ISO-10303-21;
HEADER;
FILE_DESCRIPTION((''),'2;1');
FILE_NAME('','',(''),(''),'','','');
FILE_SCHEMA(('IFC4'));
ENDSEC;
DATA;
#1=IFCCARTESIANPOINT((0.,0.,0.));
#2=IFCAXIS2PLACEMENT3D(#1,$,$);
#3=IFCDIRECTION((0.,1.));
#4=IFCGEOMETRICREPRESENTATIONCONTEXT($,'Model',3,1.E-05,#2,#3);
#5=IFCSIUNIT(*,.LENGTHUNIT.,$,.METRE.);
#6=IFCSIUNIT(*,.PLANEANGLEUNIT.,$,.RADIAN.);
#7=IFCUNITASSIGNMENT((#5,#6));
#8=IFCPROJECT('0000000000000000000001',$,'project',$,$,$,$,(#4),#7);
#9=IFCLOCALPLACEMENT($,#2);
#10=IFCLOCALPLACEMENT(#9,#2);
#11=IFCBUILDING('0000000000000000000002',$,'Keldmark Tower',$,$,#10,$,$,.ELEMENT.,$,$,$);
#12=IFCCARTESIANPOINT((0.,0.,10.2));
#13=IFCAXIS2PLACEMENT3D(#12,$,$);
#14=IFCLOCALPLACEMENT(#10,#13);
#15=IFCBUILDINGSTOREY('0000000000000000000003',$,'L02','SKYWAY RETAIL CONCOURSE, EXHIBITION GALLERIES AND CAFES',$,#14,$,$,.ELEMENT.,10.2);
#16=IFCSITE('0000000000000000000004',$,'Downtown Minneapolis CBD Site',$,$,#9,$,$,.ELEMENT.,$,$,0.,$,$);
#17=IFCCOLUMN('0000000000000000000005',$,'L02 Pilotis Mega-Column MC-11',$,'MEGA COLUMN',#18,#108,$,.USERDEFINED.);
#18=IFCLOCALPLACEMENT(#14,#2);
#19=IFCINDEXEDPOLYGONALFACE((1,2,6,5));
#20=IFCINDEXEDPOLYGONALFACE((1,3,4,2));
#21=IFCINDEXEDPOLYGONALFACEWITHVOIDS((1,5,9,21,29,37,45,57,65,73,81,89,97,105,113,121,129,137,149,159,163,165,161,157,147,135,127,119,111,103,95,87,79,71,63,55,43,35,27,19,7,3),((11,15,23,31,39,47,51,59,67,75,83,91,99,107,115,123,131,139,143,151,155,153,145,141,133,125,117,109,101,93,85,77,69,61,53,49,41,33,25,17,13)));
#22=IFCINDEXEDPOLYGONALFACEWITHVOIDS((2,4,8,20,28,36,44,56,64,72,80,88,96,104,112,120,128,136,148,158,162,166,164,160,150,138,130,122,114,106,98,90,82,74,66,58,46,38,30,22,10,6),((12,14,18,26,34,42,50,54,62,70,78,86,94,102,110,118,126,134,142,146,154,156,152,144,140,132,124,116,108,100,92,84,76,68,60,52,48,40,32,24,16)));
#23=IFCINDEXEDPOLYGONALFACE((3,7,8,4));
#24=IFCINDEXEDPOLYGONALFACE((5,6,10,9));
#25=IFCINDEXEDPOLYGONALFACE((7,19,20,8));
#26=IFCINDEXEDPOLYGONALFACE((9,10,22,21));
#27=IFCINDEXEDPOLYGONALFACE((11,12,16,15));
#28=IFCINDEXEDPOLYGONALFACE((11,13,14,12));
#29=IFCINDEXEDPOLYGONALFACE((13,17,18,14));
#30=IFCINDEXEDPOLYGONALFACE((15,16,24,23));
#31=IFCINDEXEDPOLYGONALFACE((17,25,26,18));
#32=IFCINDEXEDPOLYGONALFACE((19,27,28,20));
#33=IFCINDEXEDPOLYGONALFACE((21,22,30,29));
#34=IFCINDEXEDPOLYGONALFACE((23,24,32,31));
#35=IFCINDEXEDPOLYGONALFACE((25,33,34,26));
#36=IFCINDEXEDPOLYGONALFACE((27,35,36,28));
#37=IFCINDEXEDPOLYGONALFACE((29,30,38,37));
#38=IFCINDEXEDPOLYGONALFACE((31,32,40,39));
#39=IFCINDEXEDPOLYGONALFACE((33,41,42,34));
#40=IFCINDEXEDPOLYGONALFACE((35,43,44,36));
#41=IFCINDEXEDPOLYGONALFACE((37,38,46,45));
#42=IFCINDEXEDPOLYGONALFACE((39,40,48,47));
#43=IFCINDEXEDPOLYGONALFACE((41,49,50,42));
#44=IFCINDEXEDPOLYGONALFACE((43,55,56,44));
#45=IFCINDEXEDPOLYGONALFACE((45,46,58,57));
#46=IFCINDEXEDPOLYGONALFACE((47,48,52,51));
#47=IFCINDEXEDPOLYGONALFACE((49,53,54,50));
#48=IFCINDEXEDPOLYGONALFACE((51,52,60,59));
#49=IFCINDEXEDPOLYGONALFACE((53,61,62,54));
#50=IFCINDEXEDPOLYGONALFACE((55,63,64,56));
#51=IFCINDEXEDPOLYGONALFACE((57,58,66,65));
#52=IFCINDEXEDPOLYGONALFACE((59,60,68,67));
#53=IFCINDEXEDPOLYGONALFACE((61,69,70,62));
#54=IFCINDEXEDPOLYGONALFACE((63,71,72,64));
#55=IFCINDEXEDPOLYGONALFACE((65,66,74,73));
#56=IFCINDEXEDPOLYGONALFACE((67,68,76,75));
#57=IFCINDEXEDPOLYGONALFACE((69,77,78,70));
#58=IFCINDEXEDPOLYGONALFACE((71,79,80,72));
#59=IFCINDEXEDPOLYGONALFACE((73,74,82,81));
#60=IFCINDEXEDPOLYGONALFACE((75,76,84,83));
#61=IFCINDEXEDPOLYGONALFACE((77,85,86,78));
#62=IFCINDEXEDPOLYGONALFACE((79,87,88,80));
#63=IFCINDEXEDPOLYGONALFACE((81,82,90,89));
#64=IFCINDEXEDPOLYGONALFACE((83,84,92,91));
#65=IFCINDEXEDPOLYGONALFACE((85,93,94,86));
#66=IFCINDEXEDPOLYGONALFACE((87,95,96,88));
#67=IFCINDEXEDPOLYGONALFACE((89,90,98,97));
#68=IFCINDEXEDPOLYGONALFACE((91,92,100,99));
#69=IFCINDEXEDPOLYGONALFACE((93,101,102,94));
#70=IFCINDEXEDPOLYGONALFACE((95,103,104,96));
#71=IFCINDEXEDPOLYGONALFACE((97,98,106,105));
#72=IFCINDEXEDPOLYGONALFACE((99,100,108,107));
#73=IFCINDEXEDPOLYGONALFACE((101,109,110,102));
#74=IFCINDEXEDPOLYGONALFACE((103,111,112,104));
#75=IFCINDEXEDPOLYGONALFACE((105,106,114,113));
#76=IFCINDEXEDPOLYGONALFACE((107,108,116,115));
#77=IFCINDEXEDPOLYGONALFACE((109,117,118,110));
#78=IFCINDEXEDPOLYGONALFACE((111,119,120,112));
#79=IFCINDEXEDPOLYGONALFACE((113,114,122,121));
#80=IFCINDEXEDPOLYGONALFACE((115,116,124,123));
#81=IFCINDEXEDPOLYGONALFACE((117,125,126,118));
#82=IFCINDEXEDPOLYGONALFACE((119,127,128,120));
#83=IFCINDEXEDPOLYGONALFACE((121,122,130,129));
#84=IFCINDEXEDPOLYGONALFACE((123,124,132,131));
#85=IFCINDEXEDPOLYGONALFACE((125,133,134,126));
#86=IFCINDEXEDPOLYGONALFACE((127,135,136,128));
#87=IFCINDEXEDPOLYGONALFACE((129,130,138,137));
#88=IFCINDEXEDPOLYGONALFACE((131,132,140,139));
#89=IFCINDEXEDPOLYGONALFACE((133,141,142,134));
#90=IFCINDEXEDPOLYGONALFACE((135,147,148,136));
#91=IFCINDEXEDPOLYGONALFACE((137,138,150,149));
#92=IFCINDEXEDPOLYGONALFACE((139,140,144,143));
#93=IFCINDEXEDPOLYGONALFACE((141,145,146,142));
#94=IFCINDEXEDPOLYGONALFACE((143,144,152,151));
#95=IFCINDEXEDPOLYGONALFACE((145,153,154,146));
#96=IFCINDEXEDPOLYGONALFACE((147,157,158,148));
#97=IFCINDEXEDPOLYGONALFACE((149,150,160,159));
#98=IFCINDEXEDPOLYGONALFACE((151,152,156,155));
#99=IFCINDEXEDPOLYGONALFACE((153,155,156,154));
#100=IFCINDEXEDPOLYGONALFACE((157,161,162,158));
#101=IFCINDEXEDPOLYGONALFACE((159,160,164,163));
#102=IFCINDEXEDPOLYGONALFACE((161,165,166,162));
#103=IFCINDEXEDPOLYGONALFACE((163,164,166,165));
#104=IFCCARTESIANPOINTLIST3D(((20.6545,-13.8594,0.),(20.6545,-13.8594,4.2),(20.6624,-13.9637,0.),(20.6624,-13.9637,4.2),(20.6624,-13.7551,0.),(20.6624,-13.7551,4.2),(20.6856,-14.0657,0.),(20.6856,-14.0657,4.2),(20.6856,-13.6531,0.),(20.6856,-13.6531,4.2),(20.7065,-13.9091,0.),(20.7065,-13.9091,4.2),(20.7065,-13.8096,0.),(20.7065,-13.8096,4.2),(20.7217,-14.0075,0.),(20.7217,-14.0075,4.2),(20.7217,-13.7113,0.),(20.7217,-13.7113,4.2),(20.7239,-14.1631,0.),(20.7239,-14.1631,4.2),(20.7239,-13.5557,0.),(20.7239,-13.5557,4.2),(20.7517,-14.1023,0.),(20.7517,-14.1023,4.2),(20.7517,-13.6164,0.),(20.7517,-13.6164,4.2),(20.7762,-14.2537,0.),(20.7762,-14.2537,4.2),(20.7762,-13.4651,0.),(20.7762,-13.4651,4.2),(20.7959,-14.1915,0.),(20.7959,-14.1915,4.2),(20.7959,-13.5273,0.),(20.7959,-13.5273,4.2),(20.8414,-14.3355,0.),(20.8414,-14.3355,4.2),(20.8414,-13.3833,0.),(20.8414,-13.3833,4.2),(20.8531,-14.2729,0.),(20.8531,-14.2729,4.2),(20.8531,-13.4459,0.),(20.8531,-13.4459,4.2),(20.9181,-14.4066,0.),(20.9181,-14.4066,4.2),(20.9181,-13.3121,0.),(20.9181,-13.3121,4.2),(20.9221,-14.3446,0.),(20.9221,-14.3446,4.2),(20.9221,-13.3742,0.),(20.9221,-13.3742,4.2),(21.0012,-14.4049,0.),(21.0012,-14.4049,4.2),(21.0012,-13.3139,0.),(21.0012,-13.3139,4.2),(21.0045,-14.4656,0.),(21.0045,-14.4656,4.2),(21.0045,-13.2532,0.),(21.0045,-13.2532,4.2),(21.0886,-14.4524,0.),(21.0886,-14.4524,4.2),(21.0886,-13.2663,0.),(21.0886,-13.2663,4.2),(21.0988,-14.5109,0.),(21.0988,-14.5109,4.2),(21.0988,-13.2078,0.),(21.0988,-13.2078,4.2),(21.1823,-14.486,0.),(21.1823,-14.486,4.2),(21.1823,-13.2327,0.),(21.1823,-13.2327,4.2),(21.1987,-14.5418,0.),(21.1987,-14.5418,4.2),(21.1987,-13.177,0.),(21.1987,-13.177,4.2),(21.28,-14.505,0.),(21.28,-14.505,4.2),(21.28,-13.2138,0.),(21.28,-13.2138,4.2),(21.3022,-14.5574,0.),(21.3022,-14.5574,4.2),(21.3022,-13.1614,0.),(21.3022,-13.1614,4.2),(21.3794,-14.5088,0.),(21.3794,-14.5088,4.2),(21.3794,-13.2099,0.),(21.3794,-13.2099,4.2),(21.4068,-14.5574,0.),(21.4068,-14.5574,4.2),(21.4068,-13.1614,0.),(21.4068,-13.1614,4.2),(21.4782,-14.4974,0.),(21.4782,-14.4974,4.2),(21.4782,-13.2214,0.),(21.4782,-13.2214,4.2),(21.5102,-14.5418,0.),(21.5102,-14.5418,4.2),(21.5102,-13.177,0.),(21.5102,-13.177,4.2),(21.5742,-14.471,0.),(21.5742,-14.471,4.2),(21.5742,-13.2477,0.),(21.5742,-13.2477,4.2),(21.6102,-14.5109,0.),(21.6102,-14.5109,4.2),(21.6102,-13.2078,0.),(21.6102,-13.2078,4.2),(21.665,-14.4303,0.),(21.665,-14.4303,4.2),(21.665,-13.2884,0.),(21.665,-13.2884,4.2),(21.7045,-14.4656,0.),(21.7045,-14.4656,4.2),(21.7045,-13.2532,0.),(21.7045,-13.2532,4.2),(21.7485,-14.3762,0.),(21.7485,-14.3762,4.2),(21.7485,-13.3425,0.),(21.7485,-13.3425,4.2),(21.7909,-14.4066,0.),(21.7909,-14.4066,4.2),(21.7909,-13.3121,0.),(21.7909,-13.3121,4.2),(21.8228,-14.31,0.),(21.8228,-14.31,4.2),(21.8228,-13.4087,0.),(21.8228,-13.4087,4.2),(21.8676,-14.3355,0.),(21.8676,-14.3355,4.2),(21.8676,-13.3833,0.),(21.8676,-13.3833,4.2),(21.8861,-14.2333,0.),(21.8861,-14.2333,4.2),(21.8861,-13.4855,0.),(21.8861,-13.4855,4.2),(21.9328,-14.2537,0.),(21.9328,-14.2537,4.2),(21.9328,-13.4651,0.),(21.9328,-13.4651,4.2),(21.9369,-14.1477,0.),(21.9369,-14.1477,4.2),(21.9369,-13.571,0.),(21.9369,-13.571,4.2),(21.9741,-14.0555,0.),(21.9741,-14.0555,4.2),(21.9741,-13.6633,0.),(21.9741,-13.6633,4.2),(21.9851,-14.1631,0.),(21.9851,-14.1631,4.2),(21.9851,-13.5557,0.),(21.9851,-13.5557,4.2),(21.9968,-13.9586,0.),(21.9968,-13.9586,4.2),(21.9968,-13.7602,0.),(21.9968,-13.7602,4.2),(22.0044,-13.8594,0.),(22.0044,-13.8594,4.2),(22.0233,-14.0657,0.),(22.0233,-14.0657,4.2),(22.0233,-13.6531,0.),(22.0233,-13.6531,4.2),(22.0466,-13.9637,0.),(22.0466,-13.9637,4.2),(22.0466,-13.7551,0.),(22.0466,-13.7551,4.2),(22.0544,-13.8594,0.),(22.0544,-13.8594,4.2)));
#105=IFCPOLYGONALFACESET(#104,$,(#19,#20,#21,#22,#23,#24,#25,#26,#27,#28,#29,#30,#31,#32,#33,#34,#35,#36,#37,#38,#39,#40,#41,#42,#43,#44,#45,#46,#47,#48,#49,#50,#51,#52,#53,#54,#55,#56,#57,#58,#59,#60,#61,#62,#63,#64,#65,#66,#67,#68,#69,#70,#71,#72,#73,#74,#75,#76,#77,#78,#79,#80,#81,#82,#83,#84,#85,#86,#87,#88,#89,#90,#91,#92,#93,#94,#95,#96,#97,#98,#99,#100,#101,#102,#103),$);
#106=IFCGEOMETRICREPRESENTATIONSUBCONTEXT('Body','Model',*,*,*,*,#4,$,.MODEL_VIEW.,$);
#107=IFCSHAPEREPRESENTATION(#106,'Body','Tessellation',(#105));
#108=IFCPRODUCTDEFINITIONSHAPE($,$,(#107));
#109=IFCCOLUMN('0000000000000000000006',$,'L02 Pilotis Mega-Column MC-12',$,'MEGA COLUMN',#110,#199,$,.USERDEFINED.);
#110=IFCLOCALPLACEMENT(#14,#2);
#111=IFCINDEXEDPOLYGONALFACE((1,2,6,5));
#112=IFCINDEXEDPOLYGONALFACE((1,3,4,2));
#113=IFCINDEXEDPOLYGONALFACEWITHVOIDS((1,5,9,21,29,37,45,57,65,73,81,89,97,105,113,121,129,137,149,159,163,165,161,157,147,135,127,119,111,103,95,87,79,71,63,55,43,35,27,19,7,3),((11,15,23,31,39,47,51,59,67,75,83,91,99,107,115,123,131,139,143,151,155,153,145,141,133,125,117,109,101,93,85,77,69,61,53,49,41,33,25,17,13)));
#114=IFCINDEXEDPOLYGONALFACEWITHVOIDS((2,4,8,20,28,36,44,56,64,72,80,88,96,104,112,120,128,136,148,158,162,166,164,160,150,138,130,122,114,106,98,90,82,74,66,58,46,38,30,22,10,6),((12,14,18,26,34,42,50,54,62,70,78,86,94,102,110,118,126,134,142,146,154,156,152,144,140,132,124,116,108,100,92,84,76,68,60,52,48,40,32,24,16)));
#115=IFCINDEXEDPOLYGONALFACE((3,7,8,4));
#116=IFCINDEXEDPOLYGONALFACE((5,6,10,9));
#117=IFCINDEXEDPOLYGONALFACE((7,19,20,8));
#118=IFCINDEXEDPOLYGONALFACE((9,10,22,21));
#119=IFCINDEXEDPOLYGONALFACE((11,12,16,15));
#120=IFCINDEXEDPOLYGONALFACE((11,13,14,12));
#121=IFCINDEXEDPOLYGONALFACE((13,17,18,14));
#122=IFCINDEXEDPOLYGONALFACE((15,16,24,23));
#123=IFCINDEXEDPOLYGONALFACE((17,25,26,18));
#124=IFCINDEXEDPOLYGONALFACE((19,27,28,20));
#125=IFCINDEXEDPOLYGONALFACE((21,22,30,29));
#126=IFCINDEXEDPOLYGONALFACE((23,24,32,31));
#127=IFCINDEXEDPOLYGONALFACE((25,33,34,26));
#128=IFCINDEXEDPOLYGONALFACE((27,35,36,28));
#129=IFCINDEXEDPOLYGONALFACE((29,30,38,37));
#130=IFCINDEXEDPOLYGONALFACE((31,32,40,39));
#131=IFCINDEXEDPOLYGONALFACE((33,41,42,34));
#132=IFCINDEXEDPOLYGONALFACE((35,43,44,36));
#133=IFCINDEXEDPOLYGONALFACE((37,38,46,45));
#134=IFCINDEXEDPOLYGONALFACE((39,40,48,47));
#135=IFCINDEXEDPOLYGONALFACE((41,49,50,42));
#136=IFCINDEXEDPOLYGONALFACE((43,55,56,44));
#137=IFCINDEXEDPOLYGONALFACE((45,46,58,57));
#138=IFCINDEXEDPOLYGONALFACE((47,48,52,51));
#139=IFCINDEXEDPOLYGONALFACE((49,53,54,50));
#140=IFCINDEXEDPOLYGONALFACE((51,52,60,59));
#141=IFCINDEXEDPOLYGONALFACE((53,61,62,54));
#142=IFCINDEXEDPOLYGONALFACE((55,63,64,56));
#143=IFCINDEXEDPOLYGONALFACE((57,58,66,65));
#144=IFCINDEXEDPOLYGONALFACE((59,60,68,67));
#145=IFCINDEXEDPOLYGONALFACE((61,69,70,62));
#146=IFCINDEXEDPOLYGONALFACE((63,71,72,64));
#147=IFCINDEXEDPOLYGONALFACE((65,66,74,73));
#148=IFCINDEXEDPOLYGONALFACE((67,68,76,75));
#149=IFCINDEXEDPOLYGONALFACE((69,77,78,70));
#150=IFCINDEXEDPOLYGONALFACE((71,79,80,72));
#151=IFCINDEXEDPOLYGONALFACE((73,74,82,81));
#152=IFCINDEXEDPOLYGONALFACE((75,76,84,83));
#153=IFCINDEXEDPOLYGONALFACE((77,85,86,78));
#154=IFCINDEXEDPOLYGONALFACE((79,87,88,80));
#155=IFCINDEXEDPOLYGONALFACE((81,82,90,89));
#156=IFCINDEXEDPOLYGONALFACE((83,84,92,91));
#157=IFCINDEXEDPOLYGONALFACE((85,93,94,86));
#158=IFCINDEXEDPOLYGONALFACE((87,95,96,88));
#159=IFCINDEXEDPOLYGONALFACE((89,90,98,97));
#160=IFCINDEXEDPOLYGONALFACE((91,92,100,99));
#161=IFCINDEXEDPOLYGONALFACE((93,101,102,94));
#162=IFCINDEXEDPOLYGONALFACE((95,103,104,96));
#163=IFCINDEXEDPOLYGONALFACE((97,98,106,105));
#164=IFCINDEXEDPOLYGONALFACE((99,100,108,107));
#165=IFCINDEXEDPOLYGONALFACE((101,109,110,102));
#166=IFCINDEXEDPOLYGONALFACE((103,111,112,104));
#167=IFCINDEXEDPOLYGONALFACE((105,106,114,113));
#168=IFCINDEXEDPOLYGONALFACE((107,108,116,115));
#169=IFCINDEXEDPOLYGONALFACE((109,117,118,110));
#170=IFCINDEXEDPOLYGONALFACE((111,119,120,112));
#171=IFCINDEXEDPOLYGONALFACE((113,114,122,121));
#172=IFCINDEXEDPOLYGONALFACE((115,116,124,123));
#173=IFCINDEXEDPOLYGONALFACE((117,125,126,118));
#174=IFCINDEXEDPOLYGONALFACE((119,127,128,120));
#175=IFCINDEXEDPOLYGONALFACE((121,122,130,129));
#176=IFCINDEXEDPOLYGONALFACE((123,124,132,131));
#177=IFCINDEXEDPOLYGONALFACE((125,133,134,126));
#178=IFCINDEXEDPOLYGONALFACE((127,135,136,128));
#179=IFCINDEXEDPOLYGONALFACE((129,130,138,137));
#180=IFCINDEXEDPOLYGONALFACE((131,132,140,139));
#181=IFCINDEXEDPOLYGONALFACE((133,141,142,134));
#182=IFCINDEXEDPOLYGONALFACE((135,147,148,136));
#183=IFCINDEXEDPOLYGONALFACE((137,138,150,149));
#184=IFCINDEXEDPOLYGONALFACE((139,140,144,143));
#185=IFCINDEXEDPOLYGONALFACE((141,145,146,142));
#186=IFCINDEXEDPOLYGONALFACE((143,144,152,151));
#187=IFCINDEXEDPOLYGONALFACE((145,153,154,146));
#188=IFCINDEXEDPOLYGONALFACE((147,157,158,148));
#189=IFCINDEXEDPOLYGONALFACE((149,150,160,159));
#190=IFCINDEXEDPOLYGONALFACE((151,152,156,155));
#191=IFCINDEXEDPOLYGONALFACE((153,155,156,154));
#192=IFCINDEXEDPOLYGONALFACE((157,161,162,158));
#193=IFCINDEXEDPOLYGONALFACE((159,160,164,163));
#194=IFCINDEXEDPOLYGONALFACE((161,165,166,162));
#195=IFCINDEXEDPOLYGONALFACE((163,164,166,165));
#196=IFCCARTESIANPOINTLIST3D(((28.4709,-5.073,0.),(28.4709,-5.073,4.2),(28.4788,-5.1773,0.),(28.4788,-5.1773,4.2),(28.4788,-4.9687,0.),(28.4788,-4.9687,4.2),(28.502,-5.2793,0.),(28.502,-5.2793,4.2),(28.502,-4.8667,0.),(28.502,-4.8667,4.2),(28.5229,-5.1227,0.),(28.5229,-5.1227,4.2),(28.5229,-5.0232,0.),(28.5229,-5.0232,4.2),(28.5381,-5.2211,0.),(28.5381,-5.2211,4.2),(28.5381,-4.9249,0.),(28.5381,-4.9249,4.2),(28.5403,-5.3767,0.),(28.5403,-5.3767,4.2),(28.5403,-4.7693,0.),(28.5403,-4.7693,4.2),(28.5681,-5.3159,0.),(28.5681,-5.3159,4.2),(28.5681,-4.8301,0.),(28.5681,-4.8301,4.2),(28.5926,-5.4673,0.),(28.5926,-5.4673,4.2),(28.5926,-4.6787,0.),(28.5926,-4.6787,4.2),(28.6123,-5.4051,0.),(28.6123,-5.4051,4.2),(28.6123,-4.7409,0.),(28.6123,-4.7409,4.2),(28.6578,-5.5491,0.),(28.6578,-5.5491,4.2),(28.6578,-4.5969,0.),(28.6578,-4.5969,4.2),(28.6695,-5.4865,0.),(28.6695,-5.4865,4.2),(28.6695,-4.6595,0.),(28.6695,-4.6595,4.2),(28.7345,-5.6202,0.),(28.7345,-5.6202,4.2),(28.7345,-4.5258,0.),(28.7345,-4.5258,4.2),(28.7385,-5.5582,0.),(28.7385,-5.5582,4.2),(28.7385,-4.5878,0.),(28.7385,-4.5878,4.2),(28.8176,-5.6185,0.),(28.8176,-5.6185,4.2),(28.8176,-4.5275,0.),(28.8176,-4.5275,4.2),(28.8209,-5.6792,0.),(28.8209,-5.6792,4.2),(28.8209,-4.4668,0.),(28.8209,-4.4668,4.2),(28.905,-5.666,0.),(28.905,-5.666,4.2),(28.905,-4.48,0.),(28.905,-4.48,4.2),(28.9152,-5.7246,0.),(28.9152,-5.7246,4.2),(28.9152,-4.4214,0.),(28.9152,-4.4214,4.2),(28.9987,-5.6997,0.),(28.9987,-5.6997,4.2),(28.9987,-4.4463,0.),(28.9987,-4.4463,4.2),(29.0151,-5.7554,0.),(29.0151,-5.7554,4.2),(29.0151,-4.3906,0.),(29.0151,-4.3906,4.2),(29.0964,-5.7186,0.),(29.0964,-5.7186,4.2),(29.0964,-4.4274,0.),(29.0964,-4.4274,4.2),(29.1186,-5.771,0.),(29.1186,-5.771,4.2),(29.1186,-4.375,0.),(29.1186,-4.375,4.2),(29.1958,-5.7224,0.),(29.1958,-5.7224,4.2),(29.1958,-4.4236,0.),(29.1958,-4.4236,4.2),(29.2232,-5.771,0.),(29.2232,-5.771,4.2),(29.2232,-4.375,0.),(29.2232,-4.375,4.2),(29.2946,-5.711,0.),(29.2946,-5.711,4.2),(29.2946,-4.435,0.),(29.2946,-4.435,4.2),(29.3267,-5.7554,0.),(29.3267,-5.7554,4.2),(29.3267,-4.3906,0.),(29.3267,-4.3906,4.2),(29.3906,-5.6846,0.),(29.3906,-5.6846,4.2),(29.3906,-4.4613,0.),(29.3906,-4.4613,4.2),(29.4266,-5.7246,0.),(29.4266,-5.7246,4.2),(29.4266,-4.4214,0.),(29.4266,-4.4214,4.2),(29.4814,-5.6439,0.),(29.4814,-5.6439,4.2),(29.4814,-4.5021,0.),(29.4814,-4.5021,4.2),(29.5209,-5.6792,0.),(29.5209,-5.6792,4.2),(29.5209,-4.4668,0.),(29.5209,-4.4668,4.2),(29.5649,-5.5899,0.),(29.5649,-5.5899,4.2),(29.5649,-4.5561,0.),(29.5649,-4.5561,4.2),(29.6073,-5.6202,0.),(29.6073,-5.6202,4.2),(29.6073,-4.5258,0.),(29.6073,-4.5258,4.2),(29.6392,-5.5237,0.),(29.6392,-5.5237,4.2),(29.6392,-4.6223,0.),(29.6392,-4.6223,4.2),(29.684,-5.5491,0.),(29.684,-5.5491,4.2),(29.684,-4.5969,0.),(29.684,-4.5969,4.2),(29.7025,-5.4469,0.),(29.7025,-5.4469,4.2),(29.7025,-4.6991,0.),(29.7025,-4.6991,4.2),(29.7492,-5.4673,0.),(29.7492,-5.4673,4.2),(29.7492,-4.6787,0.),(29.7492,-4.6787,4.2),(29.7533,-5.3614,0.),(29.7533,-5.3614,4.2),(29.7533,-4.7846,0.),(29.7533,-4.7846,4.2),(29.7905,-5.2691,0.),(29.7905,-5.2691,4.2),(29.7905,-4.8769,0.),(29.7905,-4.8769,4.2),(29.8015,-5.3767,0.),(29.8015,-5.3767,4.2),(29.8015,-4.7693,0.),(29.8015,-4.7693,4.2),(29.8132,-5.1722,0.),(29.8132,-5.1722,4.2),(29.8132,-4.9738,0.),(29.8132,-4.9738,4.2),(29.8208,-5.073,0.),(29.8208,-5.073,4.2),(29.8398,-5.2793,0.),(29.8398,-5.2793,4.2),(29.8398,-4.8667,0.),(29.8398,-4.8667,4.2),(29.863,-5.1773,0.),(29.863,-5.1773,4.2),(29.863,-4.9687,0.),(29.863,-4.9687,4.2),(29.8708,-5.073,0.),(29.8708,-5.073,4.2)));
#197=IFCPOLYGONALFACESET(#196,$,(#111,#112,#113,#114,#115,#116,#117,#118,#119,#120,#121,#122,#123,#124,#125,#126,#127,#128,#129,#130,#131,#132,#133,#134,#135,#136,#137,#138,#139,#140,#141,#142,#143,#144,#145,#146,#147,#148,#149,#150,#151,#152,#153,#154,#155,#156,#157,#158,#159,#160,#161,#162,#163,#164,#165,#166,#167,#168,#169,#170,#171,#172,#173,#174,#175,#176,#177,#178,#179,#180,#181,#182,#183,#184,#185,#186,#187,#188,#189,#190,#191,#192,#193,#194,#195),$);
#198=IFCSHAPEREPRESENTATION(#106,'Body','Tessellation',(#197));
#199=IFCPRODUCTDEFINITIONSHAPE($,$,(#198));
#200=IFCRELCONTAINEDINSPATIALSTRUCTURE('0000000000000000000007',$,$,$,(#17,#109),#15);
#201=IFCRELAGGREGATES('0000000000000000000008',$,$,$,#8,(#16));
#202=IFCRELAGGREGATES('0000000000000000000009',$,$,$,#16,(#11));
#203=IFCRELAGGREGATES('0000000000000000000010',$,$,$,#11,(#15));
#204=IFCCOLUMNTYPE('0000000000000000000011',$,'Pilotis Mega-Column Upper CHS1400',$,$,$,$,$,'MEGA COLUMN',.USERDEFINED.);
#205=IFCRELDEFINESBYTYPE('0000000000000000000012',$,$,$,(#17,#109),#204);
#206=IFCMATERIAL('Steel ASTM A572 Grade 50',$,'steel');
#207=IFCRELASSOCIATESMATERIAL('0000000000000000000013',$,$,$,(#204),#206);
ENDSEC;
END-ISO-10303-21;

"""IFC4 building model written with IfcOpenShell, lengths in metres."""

from ifc_helpers import new_model, si_unit, direction, frame, origin, origin_2d, place, context, subcontext, project, spatial, hollow_circle, extrude, material, material_profile, profile_set, type_object, element, save


model = new_model("IFC4")

# Units and contexts
model_context = context("Model", 3, precision=1e-05, world=origin(), true_north=direction((0.0, 1.0)))
body_context = subcontext(model_context, "Body", "Model", "MODEL_VIEW")
ifc_project = project(units=[si_unit("LENGTHUNIT", "METRE"), si_unit("PLANEANGLEUNIT", "RADIAN")], contexts=[model_context])

# Site, building, storey
site_placement = place(None, origin())
site = spatial("IfcSite", under=ifc_project, at=site_placement, Name="Downtown Minneapolis CBD Site", CompositionType="ELEMENT", RefElevation=0.0)
building_placement = place(site_placement, origin())
building = spatial("IfcBuilding", under=site, at=building_placement, Name="Keldmark Tower", CompositionType="ELEMENT")
storey_placement = place(building_placement, frame((0.0, 0.0, 10.2)))
storey = spatial("IfcBuildingStorey", under=building, at=storey_placement, Name="L02", Description="SKYWAY RETAIL CONCOURSE, EXHIBITION GALLERIES AND CAFES", CompositionType="ELEMENT", Elevation=10.2)

# Columns
ifc_material_1 = material(Name="Steel ASTM A572 Grade 50", Category="steel")
ifc_material_profile_1 = material_profile(ifc_material_1, hollow_circle(Radius=0.7, WallThickness=0.05, at=origin_2d()), Name="CHS1400X50")
ifc_profile_set_1 = profile_set([ifc_material_profile_1], Name="Steel ASTM A572 Grade 50")
column_type = type_object("IfcColumnType", Name="Pilotis Mega-Column Upper CHS1400", ElementType="MEGA COLUMN", PredefinedType="USERDEFINED", material=ifc_profile_set_1)
for number, where, z_axis, x_axis, name in (
    (1, (21.3545, -13.8594, 0.0), (0.0, 0.0, 1.0), (1.0, 0.0, 0.0), "L02 Pilotis Mega-Column MC-11"),
    (2, (29.1709, -5.073, 0.0), (0.0, 0.0, 1.0), (1.0, 0.0, 0.0), "L02 Pilotis Mega-Column MC-12"),
):
    element("IfcColumn", number, at=place(storey_placement, frame(where, z_axis=z_axis, x_axis=x_axis)), inside=storey, type_object=column_type, Name=name, ObjectType="MEGA COLUMN", PredefinedType="USERDEFINED", context=body_context, shape_type="SweptSolid", body=[
        extrude(hollow_circle(Radius=0.7, WallThickness=0.05, at=origin_2d()), origin(), (0.0, 0.0, 1.0), 4.2),
    ])

save(model, "model.ifc")
